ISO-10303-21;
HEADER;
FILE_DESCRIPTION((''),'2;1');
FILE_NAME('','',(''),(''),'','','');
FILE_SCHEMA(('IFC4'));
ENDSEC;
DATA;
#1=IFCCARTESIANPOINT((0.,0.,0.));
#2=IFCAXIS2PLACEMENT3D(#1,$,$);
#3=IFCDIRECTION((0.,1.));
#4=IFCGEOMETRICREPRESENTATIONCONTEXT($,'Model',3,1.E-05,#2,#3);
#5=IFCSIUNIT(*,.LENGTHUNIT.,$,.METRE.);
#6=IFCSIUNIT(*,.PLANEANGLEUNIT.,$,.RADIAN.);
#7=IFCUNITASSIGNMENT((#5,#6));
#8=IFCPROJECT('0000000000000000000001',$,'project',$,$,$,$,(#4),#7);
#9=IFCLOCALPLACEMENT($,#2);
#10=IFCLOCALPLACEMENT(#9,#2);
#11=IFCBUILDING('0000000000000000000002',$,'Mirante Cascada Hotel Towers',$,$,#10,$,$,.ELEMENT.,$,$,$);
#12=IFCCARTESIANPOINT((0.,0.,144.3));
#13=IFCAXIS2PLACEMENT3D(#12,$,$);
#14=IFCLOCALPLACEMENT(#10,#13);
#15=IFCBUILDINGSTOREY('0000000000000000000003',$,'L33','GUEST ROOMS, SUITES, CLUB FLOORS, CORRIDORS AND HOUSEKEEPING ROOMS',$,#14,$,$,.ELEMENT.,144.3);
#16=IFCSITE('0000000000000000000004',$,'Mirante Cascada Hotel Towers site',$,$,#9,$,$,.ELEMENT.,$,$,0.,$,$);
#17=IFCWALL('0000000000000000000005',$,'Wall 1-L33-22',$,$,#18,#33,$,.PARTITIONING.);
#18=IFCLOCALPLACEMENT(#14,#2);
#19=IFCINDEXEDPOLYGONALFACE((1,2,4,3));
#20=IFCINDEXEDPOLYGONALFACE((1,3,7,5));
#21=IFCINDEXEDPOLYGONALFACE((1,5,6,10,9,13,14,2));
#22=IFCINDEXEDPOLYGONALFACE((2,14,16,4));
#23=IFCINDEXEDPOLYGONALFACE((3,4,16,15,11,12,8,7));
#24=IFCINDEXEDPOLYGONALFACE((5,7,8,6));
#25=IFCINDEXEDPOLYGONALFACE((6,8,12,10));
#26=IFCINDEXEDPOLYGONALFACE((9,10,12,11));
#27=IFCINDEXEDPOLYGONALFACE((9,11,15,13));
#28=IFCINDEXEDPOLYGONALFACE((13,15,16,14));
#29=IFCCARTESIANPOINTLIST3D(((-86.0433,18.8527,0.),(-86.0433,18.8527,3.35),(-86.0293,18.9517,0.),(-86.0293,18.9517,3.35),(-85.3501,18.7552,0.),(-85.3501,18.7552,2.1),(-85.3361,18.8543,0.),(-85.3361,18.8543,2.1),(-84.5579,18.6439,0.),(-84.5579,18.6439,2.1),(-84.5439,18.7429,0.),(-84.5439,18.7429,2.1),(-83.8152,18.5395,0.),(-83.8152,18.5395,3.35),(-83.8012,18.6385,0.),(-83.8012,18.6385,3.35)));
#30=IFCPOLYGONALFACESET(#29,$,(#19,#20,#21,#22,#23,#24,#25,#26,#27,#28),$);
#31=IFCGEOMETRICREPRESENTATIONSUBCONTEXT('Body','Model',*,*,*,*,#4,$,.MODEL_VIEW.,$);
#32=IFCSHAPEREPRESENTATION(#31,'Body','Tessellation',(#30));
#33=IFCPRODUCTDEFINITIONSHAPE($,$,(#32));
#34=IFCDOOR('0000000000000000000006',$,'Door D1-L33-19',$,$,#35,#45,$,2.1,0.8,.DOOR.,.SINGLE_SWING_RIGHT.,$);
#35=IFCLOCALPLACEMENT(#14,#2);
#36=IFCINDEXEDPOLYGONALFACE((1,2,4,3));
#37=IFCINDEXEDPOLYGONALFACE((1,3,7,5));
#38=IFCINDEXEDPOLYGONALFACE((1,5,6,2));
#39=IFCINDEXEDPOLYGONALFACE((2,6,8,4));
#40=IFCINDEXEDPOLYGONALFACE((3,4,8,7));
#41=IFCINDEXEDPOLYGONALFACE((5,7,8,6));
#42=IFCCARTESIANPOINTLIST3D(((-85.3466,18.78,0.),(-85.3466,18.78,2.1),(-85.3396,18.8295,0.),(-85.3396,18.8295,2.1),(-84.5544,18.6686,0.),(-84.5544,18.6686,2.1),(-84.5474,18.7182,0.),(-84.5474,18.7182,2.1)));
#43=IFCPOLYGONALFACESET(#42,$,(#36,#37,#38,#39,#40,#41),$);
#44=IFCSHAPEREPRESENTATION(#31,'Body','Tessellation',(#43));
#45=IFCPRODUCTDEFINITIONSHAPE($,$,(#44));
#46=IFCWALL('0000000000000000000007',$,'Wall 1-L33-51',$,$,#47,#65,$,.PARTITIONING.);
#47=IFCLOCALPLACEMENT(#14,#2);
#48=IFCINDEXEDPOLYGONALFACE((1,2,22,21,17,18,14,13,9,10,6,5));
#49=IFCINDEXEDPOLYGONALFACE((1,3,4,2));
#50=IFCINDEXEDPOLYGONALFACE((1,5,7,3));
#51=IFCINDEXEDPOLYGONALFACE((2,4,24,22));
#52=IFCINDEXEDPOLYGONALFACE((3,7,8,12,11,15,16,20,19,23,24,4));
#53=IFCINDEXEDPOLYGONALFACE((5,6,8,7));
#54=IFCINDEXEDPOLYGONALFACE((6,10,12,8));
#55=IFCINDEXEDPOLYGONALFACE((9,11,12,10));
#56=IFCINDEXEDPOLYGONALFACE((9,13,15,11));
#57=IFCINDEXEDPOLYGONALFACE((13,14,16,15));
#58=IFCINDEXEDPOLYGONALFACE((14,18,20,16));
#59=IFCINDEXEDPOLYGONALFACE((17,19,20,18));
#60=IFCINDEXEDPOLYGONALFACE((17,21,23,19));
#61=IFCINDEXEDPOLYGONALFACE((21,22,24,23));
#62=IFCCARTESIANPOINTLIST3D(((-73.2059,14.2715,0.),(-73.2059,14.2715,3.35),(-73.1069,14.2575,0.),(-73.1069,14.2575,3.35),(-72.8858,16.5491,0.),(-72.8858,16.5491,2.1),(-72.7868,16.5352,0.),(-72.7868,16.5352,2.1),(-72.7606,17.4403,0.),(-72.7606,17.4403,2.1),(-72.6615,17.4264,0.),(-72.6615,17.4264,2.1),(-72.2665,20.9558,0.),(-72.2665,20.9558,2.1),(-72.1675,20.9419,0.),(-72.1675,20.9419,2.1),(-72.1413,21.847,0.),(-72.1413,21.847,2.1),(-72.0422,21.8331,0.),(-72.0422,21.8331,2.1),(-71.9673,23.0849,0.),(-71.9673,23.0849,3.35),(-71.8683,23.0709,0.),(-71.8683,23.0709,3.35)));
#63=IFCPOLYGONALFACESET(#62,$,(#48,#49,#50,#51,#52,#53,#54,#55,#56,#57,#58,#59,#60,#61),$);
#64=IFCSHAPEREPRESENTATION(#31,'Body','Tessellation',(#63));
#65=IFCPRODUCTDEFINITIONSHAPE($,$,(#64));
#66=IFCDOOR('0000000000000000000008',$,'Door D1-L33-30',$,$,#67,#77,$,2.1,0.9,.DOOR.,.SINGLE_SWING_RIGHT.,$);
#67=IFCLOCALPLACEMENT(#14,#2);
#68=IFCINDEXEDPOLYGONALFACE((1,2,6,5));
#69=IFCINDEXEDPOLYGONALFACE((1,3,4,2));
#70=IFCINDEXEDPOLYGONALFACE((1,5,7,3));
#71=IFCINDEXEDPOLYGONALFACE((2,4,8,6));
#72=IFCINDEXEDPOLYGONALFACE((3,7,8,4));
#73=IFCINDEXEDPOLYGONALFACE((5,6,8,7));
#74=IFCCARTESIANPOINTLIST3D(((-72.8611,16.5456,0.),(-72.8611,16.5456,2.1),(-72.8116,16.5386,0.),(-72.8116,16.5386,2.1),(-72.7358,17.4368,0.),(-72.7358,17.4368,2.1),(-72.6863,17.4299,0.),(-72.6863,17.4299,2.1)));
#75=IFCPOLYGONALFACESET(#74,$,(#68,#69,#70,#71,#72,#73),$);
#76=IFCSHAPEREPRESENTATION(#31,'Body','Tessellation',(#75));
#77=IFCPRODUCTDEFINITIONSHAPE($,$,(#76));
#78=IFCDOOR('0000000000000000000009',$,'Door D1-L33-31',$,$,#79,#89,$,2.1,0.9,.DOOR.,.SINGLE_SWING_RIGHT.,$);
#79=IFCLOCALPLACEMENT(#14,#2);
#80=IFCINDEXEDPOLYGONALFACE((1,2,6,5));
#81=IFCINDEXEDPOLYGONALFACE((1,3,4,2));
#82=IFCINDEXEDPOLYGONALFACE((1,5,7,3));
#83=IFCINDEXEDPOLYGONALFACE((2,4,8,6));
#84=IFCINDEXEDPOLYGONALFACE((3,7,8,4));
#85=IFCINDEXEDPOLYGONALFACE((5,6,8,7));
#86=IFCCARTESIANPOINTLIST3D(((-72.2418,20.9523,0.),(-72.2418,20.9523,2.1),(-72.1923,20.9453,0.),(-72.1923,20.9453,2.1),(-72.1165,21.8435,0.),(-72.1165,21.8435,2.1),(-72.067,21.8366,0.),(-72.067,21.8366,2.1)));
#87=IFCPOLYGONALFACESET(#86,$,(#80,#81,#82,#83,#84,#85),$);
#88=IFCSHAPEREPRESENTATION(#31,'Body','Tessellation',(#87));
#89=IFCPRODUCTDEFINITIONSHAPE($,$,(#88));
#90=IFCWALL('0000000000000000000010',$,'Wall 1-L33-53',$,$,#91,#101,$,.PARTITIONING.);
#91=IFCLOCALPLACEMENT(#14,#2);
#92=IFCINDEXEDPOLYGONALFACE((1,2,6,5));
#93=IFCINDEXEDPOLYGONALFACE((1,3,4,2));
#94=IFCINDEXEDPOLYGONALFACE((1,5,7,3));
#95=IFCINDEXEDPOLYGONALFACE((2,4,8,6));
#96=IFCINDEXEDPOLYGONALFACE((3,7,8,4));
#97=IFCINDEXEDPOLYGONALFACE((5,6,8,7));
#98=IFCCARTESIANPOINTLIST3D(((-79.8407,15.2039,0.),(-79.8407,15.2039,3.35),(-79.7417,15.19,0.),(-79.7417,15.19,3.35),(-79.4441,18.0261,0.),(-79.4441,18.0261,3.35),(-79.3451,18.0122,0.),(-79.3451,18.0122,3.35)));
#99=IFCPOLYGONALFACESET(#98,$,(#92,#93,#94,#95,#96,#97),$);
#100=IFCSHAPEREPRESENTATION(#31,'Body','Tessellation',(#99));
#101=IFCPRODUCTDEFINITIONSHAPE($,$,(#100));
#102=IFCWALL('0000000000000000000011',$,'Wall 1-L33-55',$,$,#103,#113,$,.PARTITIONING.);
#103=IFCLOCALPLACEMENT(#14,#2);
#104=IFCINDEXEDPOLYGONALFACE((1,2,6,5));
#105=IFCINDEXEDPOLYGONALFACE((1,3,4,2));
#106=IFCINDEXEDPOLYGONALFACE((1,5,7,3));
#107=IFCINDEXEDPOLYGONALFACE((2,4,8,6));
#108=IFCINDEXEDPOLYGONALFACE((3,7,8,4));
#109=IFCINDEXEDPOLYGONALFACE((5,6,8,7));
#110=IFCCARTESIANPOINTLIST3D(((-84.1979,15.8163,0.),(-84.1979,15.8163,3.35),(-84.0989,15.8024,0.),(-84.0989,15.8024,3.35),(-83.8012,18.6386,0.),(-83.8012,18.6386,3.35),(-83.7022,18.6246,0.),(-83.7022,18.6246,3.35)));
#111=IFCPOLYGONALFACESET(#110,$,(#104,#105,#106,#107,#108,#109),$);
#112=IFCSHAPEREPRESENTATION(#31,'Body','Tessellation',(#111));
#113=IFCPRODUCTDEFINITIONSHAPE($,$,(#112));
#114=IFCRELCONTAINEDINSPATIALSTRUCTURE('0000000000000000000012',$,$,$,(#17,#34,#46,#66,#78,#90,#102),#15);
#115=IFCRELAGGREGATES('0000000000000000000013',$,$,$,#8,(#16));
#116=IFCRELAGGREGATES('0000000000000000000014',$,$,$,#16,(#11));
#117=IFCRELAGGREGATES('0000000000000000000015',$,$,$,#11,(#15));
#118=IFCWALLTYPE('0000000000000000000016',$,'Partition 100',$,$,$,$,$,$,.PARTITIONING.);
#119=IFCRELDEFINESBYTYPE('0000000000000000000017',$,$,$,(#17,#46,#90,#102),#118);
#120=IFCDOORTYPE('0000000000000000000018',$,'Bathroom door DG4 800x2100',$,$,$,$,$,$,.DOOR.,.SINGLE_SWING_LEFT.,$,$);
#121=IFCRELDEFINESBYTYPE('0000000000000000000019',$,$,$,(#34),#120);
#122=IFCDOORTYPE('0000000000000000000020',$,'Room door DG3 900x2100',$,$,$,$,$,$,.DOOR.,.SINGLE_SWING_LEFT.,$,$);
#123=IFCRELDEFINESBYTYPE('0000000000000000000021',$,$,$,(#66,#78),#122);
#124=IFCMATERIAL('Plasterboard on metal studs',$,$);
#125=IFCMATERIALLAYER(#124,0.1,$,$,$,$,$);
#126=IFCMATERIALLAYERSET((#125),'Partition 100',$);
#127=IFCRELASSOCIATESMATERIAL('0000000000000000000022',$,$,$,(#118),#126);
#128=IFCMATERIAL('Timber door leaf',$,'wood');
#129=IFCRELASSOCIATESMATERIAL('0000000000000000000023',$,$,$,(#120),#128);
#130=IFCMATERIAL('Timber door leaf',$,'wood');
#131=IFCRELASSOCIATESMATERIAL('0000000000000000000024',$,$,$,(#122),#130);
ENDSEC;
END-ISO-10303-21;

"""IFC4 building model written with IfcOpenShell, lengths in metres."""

from ifc_helpers import new_model, si_unit, direction, frame, frame_2d, origin, place, context, subcontext, project, spatial, rectangle, extrude, material, layer, layer_set, type_object, element, fill, save


model = new_model("IFC4")

# Units and contexts
model_context = context("Model", 3, precision=1e-05, world=origin(), true_north=direction((0.0, 1.0)))
body_context = subcontext(model_context, "Body", "Model", "MODEL_VIEW")
ifc_project = project(units=[si_unit("LENGTHUNIT", "METRE"), si_unit("PLANEANGLEUNIT", "RADIAN")], contexts=[model_context])

# Site, building, storey
site_placement = place(None, origin())
site = spatial("IfcSite", under=ifc_project, at=site_placement, Name="Mirante Cascada Hotel Towers site", CompositionType="ELEMENT", RefElevation=0.0)
building_placement = place(site_placement, origin())
building = spatial("IfcBuilding", under=site, at=building_placement, Name="Mirante Cascada Hotel Towers", CompositionType="ELEMENT")
storey_placement = place(building_placement, frame((0.0, 0.0, 144.3)))
storey = spatial("IfcBuildingStorey", under=building, at=storey_placement, Name="L33", Description="GUEST ROOMS, SUITES, CLUB FLOORS, CORRIDORS AND HOUSEKEEPING ROOMS", CompositionType="ELEMENT", Elevation=144.3)

# Wall, opening, door
ifc_material_1 = material(Name="Plasterboard on metal studs")
ifc_layer_1 = layer(ifc_material_1, 0.1)
ifc_layer_set_1 = layer_set([ifc_layer_1], Name="Partition 100")
wall_type_1 = type_object("IfcWallType", Name="Partition 100", PredefinedType="PARTITIONING", material=ifc_layer_set_1)
ifc_material_2 = material(Name="Timber door leaf", Category="wood")
door_type_1 = type_object("IfcDoorType", Name="Bathroom door DG4 800x2100", OperationType="SINGLE_SWING_LEFT", PredefinedType="DOOR", material=ifc_material_2)
wall_1_placement = place(storey_placement, frame((-83.8082, 18.589, 0.0), z_axis=(0.0, 0.0, 1.0), x_axis=(-0.990264, 0.1392, 0.0)))
wall_1 = element("IfcWall", 1, at=wall_1_placement, inside=storey, type_object=wall_type_1, Name="Wall 1-L33-22", PredefinedType="PARTITIONING", context=body_context, shape_type="SweptSolid", body=[
    extrude(rectangle(XDim=2.25, YDim=0.1, at=frame_2d((1.125, 0.0))), origin(), (0.0, 0.0, 1.0), 3.35),
])
opening_1_placement = place(wall_1_placement, frame((0.75, 0.0, 0.0)))
opening_1 = element("IfcOpeningElement", 2, at=opening_1_placement, cuts=wall_1, PredefinedType="OPENING", context=body_context, shape_type="SweptSolid", body=[
    extrude(rectangle(XDim=0.8, YDim=2.1, at=frame_2d((0.4, 1.05))), frame((0.0, 0.05, 0.0), z_axis=(0.0, -1.0, 0.0), x_axis=(1.0, 0.0, 0.0)), (0.0, 0.0, 1.0), 0.1),
])
door_1_placement = place(opening_1_placement, frame((0.8, 0.0, 0.0), z_axis=(0.0, 0.0, 1.0), x_axis=(-1.0, 0.0, 0.0)))
door_1 = element("IfcDoor", 3, at=door_1_placement, inside=storey, type_object=door_type_1, Name="Door D1-L33-19", OperationType="SINGLE_SWING_RIGHT", OverallHeight=2.1, OverallWidth=0.8, PredefinedType="DOOR", context=body_context, shape_type="SweptSolid", body=[
    extrude(rectangle(XDim=0.8, YDim=2.1, at=frame_2d((0.4, 1.05))), frame((0.0, 0.025, 0.0), z_axis=(0.0, -1.0, 0.0), x_axis=(1.0, 0.0, 0.0)), (0.0, 0.0, 1.0), 0.05),
])
fill(opening_1, door_1)

# Wall, openings, doors
wall_2_placement = place(storey_placement, frame((-71.9178, 23.0779, 0.0), z_axis=(0.0, 0.0, 1.0), x_axis=(-0.139168, -0.990269, 0.0)))
wall_2 = element("IfcWall", 4, at=wall_2_placement, inside=storey, type_object=wall_type_1, Name="Wall 1-L33-51", PredefinedType="PARTITIONING", context=body_context, shape_type="SweptSolid", body=[
    extrude(rectangle(XDim=8.9, YDim=0.1, at=frame_2d((4.45, 0.0))), origin(), (0.0, 0.0, 1.0), 3.35),
])
opening_2_placement = place(wall_2_placement, frame((5.7, 0.0, 0.0)))
opening_2 = element("IfcOpeningElement", 5, at=opening_2_placement, cuts=wall_2, PredefinedType="OPENING", context=body_context, shape_type="SweptSolid", body=[
    extrude(rectangle(XDim=0.9, YDim=2.1, at=frame_2d((0.45, 1.05))), frame((0.0, 0.05, 0.0), z_axis=(0.0, -1.0, 0.0), x_axis=(1.0, 0.0, 0.0)), (0.0, 0.0, 1.0), 0.1),
])
opening_3_placement = place(wall_2_placement, frame((1.25, 0.0, 0.0)))
opening_3 = element("IfcOpeningElement", 6, at=opening_3_placement, cuts=wall_2, PredefinedType="OPENING", context=body_context, shape_type="SweptSolid", body=[
    extrude(rectangle(XDim=0.9, YDim=2.1, at=frame_2d((0.45, 1.05))), frame((0.0, 0.05, 0.0), z_axis=(0.0, -1.0, 0.0), x_axis=(1.0, 0.0, 0.0)), (0.0, 0.0, 1.0), 0.1),
])
ifc_material_3 = material(Name="Timber door leaf", Category="wood")
door_type_2 = type_object("IfcDoorType", Name="Room door DG3 900x2100", OperationType="SINGLE_SWING_LEFT", PredefinedType="DOOR", material=ifc_material_3)
door_2_placement = place(opening_2_placement, frame((0.9, 0.0, 0.0), z_axis=(0.0, 0.0, 1.0), x_axis=(-1.0, 0.0, 0.0)))
door_2 = element("IfcDoor", 7, at=door_2_placement, inside=storey, type_object=door_type_2, Name="Door D1-L33-30", OperationType="SINGLE_SWING_RIGHT", OverallHeight=2.1, OverallWidth=0.9, PredefinedType="DOOR", context=body_context, shape_type="SweptSolid", body=[
    extrude(rectangle(XDim=0.9, YDim=2.1, at=frame_2d((0.45, 1.05))), frame((0.0, 0.025, 0.0), z_axis=(0.0, -1.0, 0.0), x_axis=(1.0, 0.0, 0.0)), (0.0, 0.0, 1.0), 0.05),
])
fill(opening_2, door_2)
door_3_placement = place(opening_3_placement, frame((0.9, 0.0, 0.0), z_axis=(0.0, 0.0, 1.0), x_axis=(-1.0, 0.0, 0.0)))
door_3 = element("IfcDoor", 8, at=door_3_placement, inside=storey, type_object=door_type_2, Name="Door D1-L33-31", OperationType="SINGLE_SWING_RIGHT", OverallHeight=2.1, OverallWidth=0.9, PredefinedType="DOOR", context=body_context, shape_type="SweptSolid", body=[
    extrude(rectangle(XDim=0.9, YDim=2.1, at=frame_2d((0.45, 1.05))), frame((0.0, 0.025, 0.0), z_axis=(0.0, -1.0, 0.0), x_axis=(1.0, 0.0, 0.0)), (0.0, 0.0, 1.0), 0.05),
])
fill(opening_3, door_3)

# Walls
wall_3_placement = place(storey_placement, frame((-79.3946, 18.0192, 0.0), z_axis=(0.0, 0.0, 1.0), x_axis=(-0.139161, -0.99027, 0.0)))
element("IfcWall", 9, at=wall_3_placement, inside=storey, type_object=wall_type_1, Name="Wall 1-L33-53", PredefinedType="PARTITIONING", context=body_context, shape_type="SweptSolid", body=[
    extrude(rectangle(XDim=2.8499, YDim=0.1, at=frame_2d((1.425, 0.0))), origin(), (0.0, 0.0, 1.0), 3.35),
])
wall_4_placement = place(storey_placement, frame((-83.7517, 18.6316, 0.0), z_axis=(0.0, 0.0, 1.0), x_axis=(-0.139191, -0.990266, 0.0)))
element("IfcWall", 10, at=wall_4_placement, inside=storey, type_object=wall_type_1, Name="Wall 1-L33-55", PredefinedType="PARTITIONING", context=body_context, shape_type="SweptSolid", body=[
    extrude(rectangle(XDim=2.85, YDim=0.1, at=frame_2d((1.425, 0.0))), origin(), (0.0, 0.0, 1.0), 3.35),
])

save(model, "model.ifc")
